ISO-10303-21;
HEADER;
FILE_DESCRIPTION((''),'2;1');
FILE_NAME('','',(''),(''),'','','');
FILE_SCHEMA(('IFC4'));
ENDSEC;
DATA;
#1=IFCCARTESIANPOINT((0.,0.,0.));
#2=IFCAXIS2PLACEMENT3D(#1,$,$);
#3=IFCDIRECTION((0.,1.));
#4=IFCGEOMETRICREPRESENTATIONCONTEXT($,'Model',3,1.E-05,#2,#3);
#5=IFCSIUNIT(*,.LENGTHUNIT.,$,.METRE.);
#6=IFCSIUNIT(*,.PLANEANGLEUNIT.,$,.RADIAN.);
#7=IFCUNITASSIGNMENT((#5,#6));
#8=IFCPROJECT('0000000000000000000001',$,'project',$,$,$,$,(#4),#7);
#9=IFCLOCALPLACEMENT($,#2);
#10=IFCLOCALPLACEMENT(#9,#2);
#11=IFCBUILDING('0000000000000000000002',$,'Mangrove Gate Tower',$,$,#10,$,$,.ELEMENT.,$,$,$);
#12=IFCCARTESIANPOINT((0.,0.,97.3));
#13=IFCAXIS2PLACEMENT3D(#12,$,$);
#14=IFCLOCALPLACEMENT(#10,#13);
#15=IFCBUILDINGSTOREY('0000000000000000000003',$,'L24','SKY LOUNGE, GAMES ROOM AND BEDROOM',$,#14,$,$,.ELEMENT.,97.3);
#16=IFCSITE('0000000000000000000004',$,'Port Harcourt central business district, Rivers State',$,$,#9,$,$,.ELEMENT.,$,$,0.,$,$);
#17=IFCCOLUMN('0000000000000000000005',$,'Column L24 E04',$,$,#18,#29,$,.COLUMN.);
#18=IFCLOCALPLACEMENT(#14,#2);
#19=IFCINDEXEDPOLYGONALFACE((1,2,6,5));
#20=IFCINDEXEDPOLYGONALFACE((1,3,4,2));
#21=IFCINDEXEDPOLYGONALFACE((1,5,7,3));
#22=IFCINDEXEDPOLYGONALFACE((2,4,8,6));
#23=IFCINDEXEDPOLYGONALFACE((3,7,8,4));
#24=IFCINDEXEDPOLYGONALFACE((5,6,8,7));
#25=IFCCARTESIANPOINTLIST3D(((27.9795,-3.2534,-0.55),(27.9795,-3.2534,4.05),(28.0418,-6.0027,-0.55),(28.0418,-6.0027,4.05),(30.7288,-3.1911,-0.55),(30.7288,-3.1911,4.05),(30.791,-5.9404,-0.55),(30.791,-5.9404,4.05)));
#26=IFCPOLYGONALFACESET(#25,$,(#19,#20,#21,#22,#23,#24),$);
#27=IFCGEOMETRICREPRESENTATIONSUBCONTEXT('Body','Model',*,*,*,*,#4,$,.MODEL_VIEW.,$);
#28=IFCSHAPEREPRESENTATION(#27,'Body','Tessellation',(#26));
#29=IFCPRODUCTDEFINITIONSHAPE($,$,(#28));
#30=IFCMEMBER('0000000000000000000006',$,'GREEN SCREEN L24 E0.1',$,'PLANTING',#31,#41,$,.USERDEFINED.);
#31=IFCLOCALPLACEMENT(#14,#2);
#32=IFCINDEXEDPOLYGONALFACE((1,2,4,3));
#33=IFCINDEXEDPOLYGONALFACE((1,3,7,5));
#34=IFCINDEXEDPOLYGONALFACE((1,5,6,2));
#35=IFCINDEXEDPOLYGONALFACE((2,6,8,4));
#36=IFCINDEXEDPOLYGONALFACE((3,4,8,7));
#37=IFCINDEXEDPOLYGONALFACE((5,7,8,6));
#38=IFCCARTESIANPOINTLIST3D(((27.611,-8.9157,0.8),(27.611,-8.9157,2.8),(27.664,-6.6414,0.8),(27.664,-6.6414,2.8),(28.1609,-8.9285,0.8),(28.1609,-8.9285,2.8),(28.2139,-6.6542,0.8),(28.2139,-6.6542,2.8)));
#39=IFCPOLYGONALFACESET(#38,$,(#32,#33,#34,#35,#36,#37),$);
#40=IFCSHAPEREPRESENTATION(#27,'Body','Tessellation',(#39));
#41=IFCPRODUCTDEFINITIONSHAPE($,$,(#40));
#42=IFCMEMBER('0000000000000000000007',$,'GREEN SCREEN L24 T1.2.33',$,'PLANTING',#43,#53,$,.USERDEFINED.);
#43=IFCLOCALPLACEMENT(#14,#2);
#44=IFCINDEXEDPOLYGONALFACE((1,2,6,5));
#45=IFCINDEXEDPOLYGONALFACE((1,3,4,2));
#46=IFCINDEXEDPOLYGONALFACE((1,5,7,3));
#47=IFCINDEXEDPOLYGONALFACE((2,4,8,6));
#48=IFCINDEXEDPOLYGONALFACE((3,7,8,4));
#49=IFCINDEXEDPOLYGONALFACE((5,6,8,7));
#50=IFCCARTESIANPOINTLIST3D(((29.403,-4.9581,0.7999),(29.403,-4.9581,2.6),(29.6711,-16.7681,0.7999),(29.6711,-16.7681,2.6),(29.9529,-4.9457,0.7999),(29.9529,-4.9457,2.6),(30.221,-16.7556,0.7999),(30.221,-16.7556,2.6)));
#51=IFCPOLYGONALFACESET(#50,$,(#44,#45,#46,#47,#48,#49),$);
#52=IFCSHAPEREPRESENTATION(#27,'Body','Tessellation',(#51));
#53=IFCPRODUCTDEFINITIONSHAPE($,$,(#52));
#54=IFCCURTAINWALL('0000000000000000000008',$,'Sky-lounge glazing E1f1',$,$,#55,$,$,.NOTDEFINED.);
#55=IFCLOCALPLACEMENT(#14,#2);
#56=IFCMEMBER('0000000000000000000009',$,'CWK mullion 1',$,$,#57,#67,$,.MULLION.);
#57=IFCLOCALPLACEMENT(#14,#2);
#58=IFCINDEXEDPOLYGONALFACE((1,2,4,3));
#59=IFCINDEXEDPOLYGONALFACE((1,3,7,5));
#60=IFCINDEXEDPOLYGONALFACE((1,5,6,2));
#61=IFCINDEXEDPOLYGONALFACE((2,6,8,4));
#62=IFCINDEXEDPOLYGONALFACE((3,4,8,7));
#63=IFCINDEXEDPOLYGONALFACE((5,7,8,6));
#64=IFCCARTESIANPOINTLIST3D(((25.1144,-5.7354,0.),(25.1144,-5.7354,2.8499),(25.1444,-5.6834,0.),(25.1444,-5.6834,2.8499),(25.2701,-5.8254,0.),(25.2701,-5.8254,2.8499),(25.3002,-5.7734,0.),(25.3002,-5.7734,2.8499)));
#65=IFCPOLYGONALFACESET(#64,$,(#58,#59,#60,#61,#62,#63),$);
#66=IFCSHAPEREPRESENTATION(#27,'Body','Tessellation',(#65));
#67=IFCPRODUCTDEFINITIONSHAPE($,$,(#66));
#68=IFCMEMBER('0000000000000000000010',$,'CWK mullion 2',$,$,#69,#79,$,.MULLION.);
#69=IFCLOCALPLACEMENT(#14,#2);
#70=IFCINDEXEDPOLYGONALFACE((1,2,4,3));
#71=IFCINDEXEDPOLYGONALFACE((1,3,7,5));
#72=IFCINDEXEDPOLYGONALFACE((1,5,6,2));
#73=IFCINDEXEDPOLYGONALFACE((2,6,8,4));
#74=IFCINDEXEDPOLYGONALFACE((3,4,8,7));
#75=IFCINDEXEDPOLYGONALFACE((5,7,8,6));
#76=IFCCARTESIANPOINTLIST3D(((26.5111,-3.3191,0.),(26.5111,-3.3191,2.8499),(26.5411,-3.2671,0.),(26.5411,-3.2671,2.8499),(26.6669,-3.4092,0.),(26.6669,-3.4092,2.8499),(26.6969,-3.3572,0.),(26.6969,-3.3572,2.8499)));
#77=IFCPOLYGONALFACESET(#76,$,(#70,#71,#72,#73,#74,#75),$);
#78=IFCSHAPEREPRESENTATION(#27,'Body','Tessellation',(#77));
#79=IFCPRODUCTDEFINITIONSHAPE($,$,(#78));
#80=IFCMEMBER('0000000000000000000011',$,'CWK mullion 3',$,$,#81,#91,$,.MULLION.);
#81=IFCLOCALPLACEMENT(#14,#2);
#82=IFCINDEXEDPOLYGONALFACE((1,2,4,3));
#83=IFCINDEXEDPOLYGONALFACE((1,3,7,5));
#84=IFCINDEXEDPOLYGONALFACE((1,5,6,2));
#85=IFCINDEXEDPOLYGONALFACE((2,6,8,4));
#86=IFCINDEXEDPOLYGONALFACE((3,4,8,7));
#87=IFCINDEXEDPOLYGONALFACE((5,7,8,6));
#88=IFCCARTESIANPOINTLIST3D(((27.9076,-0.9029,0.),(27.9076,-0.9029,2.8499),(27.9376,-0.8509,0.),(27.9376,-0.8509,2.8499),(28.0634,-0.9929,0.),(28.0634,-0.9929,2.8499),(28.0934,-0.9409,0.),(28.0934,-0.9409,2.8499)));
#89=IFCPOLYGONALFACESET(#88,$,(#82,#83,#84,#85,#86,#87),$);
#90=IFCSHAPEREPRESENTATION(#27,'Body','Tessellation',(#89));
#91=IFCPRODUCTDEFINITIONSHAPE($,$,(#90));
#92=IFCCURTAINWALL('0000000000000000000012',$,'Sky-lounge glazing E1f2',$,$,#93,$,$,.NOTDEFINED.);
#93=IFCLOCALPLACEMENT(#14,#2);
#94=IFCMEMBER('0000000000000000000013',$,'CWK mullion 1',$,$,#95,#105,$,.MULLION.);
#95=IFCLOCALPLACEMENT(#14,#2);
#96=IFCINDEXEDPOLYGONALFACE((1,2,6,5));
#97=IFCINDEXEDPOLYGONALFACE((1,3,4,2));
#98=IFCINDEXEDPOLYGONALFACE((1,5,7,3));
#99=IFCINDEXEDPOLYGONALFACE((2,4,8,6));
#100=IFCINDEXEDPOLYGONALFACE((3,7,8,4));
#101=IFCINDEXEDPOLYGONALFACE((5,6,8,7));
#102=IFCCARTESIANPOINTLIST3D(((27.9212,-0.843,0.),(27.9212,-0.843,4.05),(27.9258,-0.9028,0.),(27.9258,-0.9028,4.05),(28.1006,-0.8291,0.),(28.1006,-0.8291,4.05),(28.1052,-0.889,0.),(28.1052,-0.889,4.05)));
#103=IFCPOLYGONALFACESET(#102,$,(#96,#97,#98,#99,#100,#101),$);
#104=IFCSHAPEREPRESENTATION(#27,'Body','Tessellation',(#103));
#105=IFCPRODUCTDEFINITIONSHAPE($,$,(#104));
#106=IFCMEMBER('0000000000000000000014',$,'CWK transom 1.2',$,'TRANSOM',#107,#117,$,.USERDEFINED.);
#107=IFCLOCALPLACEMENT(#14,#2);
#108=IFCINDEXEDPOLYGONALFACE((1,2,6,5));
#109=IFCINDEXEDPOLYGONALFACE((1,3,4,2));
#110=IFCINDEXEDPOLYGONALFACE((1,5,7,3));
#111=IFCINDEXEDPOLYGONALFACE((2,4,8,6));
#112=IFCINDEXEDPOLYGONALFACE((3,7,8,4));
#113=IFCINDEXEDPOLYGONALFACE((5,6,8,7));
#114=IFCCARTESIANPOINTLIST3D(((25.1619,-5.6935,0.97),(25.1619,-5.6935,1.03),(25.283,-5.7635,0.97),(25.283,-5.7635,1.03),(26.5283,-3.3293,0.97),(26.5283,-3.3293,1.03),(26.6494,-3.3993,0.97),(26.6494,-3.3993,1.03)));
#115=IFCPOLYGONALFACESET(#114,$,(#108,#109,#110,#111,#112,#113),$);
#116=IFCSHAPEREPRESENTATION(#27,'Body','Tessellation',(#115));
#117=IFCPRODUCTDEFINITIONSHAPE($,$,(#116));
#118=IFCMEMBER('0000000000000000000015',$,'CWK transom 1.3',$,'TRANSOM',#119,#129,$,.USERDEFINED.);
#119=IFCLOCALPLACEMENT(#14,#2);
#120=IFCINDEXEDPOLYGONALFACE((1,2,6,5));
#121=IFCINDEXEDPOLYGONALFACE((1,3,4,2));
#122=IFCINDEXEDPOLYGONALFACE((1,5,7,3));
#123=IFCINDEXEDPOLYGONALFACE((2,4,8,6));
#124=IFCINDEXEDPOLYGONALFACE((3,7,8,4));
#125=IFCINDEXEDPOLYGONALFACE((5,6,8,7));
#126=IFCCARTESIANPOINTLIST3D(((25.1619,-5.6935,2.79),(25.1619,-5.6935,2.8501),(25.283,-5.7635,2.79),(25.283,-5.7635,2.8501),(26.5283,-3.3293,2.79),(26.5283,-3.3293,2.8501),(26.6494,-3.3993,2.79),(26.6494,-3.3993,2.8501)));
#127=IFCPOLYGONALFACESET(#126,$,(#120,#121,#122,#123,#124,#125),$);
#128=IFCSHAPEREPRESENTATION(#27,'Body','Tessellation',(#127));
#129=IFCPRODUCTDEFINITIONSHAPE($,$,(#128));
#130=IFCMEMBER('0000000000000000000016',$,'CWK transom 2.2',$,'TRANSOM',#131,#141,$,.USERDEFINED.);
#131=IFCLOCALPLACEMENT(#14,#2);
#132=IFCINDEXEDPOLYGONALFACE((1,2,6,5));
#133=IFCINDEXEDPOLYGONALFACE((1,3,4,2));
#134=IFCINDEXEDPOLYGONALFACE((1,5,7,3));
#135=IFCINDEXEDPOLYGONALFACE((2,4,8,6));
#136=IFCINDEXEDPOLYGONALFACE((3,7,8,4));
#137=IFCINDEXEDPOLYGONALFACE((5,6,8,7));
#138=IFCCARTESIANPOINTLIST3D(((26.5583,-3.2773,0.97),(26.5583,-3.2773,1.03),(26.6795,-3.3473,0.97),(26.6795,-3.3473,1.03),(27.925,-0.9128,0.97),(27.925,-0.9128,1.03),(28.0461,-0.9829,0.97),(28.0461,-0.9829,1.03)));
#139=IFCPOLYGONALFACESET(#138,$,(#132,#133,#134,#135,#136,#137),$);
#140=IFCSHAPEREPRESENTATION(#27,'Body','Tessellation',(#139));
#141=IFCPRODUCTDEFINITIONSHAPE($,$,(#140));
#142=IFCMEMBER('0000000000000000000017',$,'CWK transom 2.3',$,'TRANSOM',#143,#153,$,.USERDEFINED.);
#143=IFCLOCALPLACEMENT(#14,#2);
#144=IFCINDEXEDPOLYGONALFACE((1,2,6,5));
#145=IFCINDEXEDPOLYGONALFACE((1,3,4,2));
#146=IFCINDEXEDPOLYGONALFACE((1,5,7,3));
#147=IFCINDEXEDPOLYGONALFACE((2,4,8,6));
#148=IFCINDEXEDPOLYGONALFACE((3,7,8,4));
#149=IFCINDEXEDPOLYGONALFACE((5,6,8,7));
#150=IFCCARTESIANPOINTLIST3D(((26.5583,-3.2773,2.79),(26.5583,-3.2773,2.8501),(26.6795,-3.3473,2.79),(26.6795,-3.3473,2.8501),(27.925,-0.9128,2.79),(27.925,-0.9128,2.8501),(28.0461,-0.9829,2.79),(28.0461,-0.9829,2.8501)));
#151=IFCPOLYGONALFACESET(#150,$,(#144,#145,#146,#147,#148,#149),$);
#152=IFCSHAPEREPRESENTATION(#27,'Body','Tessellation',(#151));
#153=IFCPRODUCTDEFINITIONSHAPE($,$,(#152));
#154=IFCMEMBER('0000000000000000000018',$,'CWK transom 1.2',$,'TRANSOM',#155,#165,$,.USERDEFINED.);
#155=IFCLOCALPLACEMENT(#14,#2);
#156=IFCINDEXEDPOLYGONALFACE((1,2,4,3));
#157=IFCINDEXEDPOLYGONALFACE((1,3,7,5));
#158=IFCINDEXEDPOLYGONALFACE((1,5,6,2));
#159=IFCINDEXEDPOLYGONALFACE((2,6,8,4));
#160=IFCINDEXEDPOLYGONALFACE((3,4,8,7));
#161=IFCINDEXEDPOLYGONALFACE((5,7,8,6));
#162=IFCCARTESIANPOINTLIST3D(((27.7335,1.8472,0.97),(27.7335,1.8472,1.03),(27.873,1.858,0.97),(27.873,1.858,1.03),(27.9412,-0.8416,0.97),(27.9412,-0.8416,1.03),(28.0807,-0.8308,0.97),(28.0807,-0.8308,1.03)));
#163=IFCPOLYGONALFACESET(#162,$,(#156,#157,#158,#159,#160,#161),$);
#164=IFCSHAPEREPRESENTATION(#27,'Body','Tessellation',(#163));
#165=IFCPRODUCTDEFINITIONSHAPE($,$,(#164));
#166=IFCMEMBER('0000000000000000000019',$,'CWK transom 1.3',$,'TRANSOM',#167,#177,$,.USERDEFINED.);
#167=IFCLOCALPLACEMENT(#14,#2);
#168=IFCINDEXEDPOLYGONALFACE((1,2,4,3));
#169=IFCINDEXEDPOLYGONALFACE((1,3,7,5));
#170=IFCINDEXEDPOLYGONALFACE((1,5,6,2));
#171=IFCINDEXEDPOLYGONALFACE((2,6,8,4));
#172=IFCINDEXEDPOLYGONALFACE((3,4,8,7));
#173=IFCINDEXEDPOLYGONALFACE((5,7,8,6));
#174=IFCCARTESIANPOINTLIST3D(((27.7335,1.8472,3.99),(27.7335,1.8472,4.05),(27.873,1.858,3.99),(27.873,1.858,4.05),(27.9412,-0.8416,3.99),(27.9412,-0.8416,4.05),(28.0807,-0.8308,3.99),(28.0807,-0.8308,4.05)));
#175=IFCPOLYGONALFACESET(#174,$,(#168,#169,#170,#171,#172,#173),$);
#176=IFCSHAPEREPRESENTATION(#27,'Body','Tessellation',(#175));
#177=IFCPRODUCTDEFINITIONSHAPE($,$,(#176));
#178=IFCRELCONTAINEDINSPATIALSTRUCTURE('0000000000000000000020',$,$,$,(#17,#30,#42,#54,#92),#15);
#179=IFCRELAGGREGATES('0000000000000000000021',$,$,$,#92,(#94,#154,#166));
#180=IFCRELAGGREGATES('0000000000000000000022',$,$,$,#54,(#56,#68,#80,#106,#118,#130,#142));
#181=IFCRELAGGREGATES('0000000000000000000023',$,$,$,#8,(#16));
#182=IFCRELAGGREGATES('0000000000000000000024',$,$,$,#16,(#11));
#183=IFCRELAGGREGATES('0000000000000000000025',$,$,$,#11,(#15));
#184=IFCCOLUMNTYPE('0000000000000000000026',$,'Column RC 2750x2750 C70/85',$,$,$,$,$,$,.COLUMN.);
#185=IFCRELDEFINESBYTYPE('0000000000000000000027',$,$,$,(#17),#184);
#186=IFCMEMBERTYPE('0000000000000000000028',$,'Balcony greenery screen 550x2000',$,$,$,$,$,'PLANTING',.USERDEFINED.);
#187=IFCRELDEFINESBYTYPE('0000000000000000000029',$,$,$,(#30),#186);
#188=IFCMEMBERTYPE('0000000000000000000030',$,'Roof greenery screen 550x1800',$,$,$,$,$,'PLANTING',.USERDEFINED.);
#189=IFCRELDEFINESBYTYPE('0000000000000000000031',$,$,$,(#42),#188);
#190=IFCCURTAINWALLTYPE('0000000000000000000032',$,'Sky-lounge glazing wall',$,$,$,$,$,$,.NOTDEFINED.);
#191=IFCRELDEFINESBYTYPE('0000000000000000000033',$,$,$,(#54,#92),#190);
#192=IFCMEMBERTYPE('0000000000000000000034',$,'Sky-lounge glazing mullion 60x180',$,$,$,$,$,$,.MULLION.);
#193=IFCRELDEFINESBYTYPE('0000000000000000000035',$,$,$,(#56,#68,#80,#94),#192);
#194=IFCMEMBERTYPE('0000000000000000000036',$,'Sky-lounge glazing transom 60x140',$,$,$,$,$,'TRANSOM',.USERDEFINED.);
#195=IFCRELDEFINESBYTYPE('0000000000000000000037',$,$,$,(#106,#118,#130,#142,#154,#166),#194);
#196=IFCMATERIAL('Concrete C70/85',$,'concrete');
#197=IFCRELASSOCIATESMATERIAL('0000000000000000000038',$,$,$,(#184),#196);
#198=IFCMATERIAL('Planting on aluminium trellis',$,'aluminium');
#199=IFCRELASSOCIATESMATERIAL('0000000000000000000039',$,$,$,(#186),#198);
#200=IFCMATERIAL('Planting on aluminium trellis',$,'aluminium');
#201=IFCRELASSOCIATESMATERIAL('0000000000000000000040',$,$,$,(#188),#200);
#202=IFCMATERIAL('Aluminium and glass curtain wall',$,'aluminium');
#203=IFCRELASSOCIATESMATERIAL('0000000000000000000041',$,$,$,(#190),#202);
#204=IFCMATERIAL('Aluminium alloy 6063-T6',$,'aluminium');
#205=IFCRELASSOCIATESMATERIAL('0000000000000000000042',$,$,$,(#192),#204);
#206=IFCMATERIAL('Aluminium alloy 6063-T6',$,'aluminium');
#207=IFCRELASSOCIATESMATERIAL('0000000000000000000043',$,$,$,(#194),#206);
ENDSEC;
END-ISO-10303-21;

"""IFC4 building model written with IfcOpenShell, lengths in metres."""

from ifc_helpers import new_model, si_unit, direction, frame, origin, origin_2d, place, context, subcontext, project, spatial, rectangle, extrude, material, material_profile, profile_set, type_object, element, aggregate, save


model = new_model("IFC4")

# Units and contexts
model_context = context("Model", 3, precision=1e-05, world=origin(), true_north=direction((0.0, 1.0)))
body_context = subcontext(model_context, "Body", "Model", "MODEL_VIEW")
ifc_project = project(units=[si_unit("LENGTHUNIT", "METRE"), si_unit("PLANEANGLEUNIT", "RADIAN")], contexts=[model_context])

# Site, building, storey
site_placement = place(None, origin())
site = spatial("IfcSite", under=ifc_project, at=site_placement, Name="Port Harcourt central business district, Rivers State", CompositionType="ELEMENT", RefElevation=0.0)
building_placement = place(site_placement, origin())
building = spatial("IfcBuilding", under=site, at=building_placement, Name="Mangrove Gate Tower", CompositionType="ELEMENT")
storey_placement = place(building_placement, frame((0.0, 0.0, 97.3)))
storey = spatial("IfcBuildingStorey", under=building, at=storey_placement, Name="L24", Description="SKY LOUNGE, GAMES ROOM AND BEDROOM", CompositionType="ELEMENT", Elevation=97.3)

# Column
ifc_material_1 = material(Name="Concrete C70/85", Category="concrete")
ifc_material_profile_1 = material_profile(ifc_material_1, rectangle(XDim=2.75, YDim=2.75, at=origin_2d()))
ifc_profile_set_1 = profile_set([ifc_material_profile_1], Name="Concrete C70/85")
column_type = type_object("IfcColumnType", Name="Column RC 2750x2750 C70/85", PredefinedType="COLUMN", material=ifc_profile_set_1)
column_placement = place(storey_placement, frame((29.3853, -4.5969, -0.55), z_axis=(0.0, 0.0, 1.0), x_axis=(-0.022653, 0.999743, 0.0)))
element("IfcColumn", 1, at=column_placement, inside=storey, type_object=column_type, Name="Column L24 E04", PredefinedType="COLUMN", context=body_context, shape_type="SweptSolid", body=[
    extrude(rectangle(XDim=2.75, YDim=2.75, at=origin_2d()), origin(), (0.0, 0.0, 1.0), 4.6001),
])

# Members
ifc_material_2 = material(Name="Planting on aluminium trellis", Category="aluminium")
ifc_material_profile_2 = material_profile(ifc_material_2, rectangle(XDim=0.55, YDim=2.0, at=origin_2d()))
ifc_profile_set_2 = profile_set([ifc_material_profile_2], Name="Planting on aluminium trellis")
member_type_1 = type_object("IfcMemberType", Name="Balcony greenery screen 550x2000", ElementType="PLANTING", PredefinedType="USERDEFINED", material=ifc_profile_set_2)
member_1_placement = place(storey_placement, frame((27.886, -8.9221, 1.8), z_axis=(0.023289, 0.999729, 0.0), x_axis=(-0.999729, 0.023289, 0.0)))
element("IfcMember", 2, at=member_1_placement, inside=storey, type_object=member_type_1, Name="GREEN SCREEN L24 E0.1", ObjectType="PLANTING", PredefinedType="USERDEFINED", context=body_context, shape_type="SweptSolid", body=[
    extrude(rectangle(XDim=0.55, YDim=2.0, at=origin_2d()), origin(), (0.0, 0.0, 1.0), 2.2749),
])
ifc_material_3 = material(Name="Planting on aluminium trellis", Category="aluminium")
ifc_material_profile_3 = material_profile(ifc_material_3, rectangle(XDim=0.55, YDim=1.8, at=origin_2d()))
ifc_profile_set_3 = profile_set([ifc_material_profile_3], Name="Planting on aluminium trellis")
member_type_2 = type_object("IfcMemberType", Name="Roof greenery screen 550x1800", ElementType="PLANTING", PredefinedType="USERDEFINED", material=ifc_profile_set_3)
member_2_placement = place(storey_placement, frame((29.678, -4.9519, 1.7), z_axis=(0.022692, -0.999742, 0.0), x_axis=(0.999742, 0.022692, 0.0)))
element("IfcMember", 3, at=member_2_placement, inside=storey, type_object=member_type_2, Name="GREEN SCREEN L24 T1.2.33", ObjectType="PLANTING", PredefinedType="USERDEFINED", context=body_context, shape_type="SweptSolid", body=[
    extrude(rectangle(XDim=0.55, YDim=1.8, at=origin_2d()), origin(), (0.0, 0.0, 1.0), 11.813),
])

# Curtain wall, members
ifc_material_4 = material(Name="Aluminium and glass curtain wall", Category="aluminium")
curtain_wall_type = type_object("IfcCurtainWallType", Name="Sky-lounge glazing wall", PredefinedType="NOTDEFINED", material=ifc_material_4)
curtain_wall_1_placement = place(storey_placement, origin())
curtain_wall_1 = element("IfcCurtainWall", 4, at=curtain_wall_1_placement, inside=storey, type_object=curtain_wall_type, Name="Sky-lounge glazing E1f1", PredefinedType="NOTDEFINED")
ifc_material_5 = material(Name="Aluminium alloy 6063-T6", Category="aluminium")
ifc_material_profile_4 = material_profile(ifc_material_5, rectangle(XDim=0.0601, YDim=0.1799, at=origin_2d()))
ifc_profile_set_4 = profile_set([ifc_material_profile_4], Name="Aluminium alloy 6063-T6")
member_type_3 = type_object("IfcMemberType", Name="Sky-lounge glazing mullion 60x180", PredefinedType="MULLION", material=ifc_profile_set_4)
member_3_placement = place(storey_placement, frame((25.2073, -5.7544, 0.0), z_axis=(0.0, 0.0, 1.0), x_axis=(0.500418, 0.865784, 0.0)))
member_3 = element("IfcMember", 5, at=member_3_placement, type_object=member_type_3, Name="CWK mullion 1", PredefinedType="MULLION", context=body_context, shape_type="SweptSolid", body=[
    extrude(rectangle(XDim=0.0601, YDim=0.1799, at=origin_2d()), origin(), (0.0, 0.0, 1.0), 2.8499),
])
member_4_placement = place(storey_placement, frame((26.604, -3.3381, 0.0), z_axis=(0.0, 0.0, 1.0), x_axis=(0.500418, 0.865784, 0.0)))
member_4 = element("IfcMember", 6, at=member_4_placement, type_object=member_type_3, Name="CWK mullion 2", PredefinedType="MULLION", context=body_context, shape_type="SweptSolid", body=[
    extrude(rectangle(XDim=0.0601, YDim=0.1799, at=origin_2d()), origin(), (0.0, 0.0, 1.0), 2.8499),
])
member_5_placement = place(storey_placement, frame((28.0005, -0.9219, 0.0), z_axis=(0.0, 0.0, 1.0), x_axis=(0.500418, 0.865784, 0.0)))
member_5 = element("IfcMember", 7, at=member_5_placement, type_object=member_type_3, Name="CWK mullion 3", PredefinedType="MULLION", context=body_context, shape_type="SweptSolid", body=[
    extrude(rectangle(XDim=0.0601, YDim=0.1799, at=origin_2d()), origin(), (0.0, 0.0, 1.0), 2.8499),
])

# Curtain wall, member
curtain_wall_2_placement = place(storey_placement, origin())
curtain_wall_2 = element("IfcCurtainWall", 8, at=curtain_wall_2_placement, inside=storey, type_object=curtain_wall_type, Name="Sky-lounge glazing E1f2", PredefinedType="NOTDEFINED")
member_6_placement = place(storey_placement, frame((28.0132, -0.866, 0.0), z_axis=(0.0, 0.0, 1.0), x_axis=(-0.077023, 0.997029, 0.0)))
member_6 = element("IfcMember", 9, at=member_6_placement, type_object=member_type_3, Name="CWK mullion 1", PredefinedType="MULLION", context=body_context, shape_type="SweptSolid", body=[
    extrude(rectangle(XDim=0.0601, YDim=0.1799, at=origin_2d()), origin(), (0.0, 0.0, 1.0), 4.05),
])

# Members
ifc_material_6 = material(Name="Aluminium alloy 6063-T6", Category="aluminium")
ifc_material_profile_5 = material_profile(ifc_material_6, rectangle(XDim=0.0601, YDim=0.1399, at=origin_2d()))
ifc_profile_set_5 = profile_set([ifc_material_profile_5], Name="Aluminium alloy 6063-T6")
member_type_4 = type_object("IfcMemberType", Name="Sky-lounge glazing transom 60x140", ElementType="TRANSOM", PredefinedType="USERDEFINED", material=ifc_profile_set_5)
member_7_placement = place(storey_placement, frame((25.2224, -5.7285, 1.0), z_axis=(0.500398, 0.865795, 0.0), x_axis=(0.0, 0.0, 1.0)))
member_7 = element("IfcMember", 10, at=member_7_placement, type_object=member_type_4, Name="CWK transom 1.2", ObjectType="TRANSOM", PredefinedType="USERDEFINED", context=body_context, shape_type="SweptSolid", body=[
    extrude(rectangle(XDim=0.0601, YDim=0.1399, at=origin_2d()), origin(), (0.0, 0.0, 1.0), 2.7307),
])
member_8_placement = place(storey_placement, frame((25.2224, -5.7285, 2.8201), z_axis=(0.500398, 0.865795, 0.0), x_axis=(0.0, 0.0, 1.0)))
member_8 = element("IfcMember", 11, at=member_8_placement, type_object=member_type_4, Name="CWK transom 1.3", ObjectType="TRANSOM", PredefinedType="USERDEFINED", context=body_context, shape_type="SweptSolid", body=[
    extrude(rectangle(XDim=0.0601, YDim=0.1399, at=origin_2d()), origin(), (0.0, 0.0, 1.0), 2.7307),
])
member_9_placement = place(storey_placement, frame((26.6189, -3.3123, 1.0), z_axis=(0.500427, 0.865779, 0.0), x_axis=(0.0, 0.0, 1.0)))
member_9 = element("IfcMember", 12, at=member_9_placement, type_object=member_type_4, Name="CWK transom 2.2", ObjectType="TRANSOM", PredefinedType="USERDEFINED", context=body_context, shape_type="SweptSolid", body=[
    extrude(rectangle(XDim=0.0601, YDim=0.1399, at=origin_2d()), origin(), (0.0, 0.0, 1.0), 2.731),
])
member_10_placement = place(storey_placement, frame((26.6189, -3.3123, 2.8201), z_axis=(0.500427, 0.865779, 0.0), x_axis=(0.0, 0.0, 1.0)))
member_10 = element("IfcMember", 13, at=member_10_placement, type_object=member_type_4, Name="CWK transom 2.3", ObjectType="TRANSOM", PredefinedType="USERDEFINED", context=body_context, shape_type="SweptSolid", body=[
    extrude(rectangle(XDim=0.0601, YDim=0.1399, at=origin_2d()), origin(), (0.0, 0.0, 1.0), 2.731),
])
member_11_placement = place(storey_placement, frame((28.011, -0.8362, 1.0), z_axis=(-0.077043, 0.997028, 0.0), x_axis=(0.0, 0.0, 1.0)))
member_11 = element("IfcMember", 14, at=member_11_placement, type_object=member_type_4, Name="CWK transom 1.2", ObjectType="TRANSOM", PredefinedType="USERDEFINED", context=body_context, shape_type="SweptSolid", body=[
    extrude(rectangle(XDim=0.0601, YDim=0.1399, at=origin_2d()), origin(), (0.0, 0.0, 1.0), 2.6968),
])
member_12_placement = place(storey_placement, frame((28.011, -0.8362, 4.02), z_axis=(-0.077043, 0.997028, 0.0), x_axis=(0.0, 0.0, 1.0)))
member_12 = element("IfcMember", 15, at=member_12_placement, type_object=member_type_4, Name="CWK transom 1.3", ObjectType="TRANSOM", PredefinedType="USERDEFINED", context=body_context, shape_type="SweptSolid", body=[
    extrude(rectangle(XDim=0.0601, YDim=0.1399, at=origin_2d()), origin(), (0.0, 0.0, 1.0), 2.6968),
])
aggregate(curtain_wall_2, [member_6, member_11, member_12])

aggregate(curtain_wall_1, [member_3, member_4, member_5, member_7, member_8, member_9, member_10])

save(model, "model.ifc")
